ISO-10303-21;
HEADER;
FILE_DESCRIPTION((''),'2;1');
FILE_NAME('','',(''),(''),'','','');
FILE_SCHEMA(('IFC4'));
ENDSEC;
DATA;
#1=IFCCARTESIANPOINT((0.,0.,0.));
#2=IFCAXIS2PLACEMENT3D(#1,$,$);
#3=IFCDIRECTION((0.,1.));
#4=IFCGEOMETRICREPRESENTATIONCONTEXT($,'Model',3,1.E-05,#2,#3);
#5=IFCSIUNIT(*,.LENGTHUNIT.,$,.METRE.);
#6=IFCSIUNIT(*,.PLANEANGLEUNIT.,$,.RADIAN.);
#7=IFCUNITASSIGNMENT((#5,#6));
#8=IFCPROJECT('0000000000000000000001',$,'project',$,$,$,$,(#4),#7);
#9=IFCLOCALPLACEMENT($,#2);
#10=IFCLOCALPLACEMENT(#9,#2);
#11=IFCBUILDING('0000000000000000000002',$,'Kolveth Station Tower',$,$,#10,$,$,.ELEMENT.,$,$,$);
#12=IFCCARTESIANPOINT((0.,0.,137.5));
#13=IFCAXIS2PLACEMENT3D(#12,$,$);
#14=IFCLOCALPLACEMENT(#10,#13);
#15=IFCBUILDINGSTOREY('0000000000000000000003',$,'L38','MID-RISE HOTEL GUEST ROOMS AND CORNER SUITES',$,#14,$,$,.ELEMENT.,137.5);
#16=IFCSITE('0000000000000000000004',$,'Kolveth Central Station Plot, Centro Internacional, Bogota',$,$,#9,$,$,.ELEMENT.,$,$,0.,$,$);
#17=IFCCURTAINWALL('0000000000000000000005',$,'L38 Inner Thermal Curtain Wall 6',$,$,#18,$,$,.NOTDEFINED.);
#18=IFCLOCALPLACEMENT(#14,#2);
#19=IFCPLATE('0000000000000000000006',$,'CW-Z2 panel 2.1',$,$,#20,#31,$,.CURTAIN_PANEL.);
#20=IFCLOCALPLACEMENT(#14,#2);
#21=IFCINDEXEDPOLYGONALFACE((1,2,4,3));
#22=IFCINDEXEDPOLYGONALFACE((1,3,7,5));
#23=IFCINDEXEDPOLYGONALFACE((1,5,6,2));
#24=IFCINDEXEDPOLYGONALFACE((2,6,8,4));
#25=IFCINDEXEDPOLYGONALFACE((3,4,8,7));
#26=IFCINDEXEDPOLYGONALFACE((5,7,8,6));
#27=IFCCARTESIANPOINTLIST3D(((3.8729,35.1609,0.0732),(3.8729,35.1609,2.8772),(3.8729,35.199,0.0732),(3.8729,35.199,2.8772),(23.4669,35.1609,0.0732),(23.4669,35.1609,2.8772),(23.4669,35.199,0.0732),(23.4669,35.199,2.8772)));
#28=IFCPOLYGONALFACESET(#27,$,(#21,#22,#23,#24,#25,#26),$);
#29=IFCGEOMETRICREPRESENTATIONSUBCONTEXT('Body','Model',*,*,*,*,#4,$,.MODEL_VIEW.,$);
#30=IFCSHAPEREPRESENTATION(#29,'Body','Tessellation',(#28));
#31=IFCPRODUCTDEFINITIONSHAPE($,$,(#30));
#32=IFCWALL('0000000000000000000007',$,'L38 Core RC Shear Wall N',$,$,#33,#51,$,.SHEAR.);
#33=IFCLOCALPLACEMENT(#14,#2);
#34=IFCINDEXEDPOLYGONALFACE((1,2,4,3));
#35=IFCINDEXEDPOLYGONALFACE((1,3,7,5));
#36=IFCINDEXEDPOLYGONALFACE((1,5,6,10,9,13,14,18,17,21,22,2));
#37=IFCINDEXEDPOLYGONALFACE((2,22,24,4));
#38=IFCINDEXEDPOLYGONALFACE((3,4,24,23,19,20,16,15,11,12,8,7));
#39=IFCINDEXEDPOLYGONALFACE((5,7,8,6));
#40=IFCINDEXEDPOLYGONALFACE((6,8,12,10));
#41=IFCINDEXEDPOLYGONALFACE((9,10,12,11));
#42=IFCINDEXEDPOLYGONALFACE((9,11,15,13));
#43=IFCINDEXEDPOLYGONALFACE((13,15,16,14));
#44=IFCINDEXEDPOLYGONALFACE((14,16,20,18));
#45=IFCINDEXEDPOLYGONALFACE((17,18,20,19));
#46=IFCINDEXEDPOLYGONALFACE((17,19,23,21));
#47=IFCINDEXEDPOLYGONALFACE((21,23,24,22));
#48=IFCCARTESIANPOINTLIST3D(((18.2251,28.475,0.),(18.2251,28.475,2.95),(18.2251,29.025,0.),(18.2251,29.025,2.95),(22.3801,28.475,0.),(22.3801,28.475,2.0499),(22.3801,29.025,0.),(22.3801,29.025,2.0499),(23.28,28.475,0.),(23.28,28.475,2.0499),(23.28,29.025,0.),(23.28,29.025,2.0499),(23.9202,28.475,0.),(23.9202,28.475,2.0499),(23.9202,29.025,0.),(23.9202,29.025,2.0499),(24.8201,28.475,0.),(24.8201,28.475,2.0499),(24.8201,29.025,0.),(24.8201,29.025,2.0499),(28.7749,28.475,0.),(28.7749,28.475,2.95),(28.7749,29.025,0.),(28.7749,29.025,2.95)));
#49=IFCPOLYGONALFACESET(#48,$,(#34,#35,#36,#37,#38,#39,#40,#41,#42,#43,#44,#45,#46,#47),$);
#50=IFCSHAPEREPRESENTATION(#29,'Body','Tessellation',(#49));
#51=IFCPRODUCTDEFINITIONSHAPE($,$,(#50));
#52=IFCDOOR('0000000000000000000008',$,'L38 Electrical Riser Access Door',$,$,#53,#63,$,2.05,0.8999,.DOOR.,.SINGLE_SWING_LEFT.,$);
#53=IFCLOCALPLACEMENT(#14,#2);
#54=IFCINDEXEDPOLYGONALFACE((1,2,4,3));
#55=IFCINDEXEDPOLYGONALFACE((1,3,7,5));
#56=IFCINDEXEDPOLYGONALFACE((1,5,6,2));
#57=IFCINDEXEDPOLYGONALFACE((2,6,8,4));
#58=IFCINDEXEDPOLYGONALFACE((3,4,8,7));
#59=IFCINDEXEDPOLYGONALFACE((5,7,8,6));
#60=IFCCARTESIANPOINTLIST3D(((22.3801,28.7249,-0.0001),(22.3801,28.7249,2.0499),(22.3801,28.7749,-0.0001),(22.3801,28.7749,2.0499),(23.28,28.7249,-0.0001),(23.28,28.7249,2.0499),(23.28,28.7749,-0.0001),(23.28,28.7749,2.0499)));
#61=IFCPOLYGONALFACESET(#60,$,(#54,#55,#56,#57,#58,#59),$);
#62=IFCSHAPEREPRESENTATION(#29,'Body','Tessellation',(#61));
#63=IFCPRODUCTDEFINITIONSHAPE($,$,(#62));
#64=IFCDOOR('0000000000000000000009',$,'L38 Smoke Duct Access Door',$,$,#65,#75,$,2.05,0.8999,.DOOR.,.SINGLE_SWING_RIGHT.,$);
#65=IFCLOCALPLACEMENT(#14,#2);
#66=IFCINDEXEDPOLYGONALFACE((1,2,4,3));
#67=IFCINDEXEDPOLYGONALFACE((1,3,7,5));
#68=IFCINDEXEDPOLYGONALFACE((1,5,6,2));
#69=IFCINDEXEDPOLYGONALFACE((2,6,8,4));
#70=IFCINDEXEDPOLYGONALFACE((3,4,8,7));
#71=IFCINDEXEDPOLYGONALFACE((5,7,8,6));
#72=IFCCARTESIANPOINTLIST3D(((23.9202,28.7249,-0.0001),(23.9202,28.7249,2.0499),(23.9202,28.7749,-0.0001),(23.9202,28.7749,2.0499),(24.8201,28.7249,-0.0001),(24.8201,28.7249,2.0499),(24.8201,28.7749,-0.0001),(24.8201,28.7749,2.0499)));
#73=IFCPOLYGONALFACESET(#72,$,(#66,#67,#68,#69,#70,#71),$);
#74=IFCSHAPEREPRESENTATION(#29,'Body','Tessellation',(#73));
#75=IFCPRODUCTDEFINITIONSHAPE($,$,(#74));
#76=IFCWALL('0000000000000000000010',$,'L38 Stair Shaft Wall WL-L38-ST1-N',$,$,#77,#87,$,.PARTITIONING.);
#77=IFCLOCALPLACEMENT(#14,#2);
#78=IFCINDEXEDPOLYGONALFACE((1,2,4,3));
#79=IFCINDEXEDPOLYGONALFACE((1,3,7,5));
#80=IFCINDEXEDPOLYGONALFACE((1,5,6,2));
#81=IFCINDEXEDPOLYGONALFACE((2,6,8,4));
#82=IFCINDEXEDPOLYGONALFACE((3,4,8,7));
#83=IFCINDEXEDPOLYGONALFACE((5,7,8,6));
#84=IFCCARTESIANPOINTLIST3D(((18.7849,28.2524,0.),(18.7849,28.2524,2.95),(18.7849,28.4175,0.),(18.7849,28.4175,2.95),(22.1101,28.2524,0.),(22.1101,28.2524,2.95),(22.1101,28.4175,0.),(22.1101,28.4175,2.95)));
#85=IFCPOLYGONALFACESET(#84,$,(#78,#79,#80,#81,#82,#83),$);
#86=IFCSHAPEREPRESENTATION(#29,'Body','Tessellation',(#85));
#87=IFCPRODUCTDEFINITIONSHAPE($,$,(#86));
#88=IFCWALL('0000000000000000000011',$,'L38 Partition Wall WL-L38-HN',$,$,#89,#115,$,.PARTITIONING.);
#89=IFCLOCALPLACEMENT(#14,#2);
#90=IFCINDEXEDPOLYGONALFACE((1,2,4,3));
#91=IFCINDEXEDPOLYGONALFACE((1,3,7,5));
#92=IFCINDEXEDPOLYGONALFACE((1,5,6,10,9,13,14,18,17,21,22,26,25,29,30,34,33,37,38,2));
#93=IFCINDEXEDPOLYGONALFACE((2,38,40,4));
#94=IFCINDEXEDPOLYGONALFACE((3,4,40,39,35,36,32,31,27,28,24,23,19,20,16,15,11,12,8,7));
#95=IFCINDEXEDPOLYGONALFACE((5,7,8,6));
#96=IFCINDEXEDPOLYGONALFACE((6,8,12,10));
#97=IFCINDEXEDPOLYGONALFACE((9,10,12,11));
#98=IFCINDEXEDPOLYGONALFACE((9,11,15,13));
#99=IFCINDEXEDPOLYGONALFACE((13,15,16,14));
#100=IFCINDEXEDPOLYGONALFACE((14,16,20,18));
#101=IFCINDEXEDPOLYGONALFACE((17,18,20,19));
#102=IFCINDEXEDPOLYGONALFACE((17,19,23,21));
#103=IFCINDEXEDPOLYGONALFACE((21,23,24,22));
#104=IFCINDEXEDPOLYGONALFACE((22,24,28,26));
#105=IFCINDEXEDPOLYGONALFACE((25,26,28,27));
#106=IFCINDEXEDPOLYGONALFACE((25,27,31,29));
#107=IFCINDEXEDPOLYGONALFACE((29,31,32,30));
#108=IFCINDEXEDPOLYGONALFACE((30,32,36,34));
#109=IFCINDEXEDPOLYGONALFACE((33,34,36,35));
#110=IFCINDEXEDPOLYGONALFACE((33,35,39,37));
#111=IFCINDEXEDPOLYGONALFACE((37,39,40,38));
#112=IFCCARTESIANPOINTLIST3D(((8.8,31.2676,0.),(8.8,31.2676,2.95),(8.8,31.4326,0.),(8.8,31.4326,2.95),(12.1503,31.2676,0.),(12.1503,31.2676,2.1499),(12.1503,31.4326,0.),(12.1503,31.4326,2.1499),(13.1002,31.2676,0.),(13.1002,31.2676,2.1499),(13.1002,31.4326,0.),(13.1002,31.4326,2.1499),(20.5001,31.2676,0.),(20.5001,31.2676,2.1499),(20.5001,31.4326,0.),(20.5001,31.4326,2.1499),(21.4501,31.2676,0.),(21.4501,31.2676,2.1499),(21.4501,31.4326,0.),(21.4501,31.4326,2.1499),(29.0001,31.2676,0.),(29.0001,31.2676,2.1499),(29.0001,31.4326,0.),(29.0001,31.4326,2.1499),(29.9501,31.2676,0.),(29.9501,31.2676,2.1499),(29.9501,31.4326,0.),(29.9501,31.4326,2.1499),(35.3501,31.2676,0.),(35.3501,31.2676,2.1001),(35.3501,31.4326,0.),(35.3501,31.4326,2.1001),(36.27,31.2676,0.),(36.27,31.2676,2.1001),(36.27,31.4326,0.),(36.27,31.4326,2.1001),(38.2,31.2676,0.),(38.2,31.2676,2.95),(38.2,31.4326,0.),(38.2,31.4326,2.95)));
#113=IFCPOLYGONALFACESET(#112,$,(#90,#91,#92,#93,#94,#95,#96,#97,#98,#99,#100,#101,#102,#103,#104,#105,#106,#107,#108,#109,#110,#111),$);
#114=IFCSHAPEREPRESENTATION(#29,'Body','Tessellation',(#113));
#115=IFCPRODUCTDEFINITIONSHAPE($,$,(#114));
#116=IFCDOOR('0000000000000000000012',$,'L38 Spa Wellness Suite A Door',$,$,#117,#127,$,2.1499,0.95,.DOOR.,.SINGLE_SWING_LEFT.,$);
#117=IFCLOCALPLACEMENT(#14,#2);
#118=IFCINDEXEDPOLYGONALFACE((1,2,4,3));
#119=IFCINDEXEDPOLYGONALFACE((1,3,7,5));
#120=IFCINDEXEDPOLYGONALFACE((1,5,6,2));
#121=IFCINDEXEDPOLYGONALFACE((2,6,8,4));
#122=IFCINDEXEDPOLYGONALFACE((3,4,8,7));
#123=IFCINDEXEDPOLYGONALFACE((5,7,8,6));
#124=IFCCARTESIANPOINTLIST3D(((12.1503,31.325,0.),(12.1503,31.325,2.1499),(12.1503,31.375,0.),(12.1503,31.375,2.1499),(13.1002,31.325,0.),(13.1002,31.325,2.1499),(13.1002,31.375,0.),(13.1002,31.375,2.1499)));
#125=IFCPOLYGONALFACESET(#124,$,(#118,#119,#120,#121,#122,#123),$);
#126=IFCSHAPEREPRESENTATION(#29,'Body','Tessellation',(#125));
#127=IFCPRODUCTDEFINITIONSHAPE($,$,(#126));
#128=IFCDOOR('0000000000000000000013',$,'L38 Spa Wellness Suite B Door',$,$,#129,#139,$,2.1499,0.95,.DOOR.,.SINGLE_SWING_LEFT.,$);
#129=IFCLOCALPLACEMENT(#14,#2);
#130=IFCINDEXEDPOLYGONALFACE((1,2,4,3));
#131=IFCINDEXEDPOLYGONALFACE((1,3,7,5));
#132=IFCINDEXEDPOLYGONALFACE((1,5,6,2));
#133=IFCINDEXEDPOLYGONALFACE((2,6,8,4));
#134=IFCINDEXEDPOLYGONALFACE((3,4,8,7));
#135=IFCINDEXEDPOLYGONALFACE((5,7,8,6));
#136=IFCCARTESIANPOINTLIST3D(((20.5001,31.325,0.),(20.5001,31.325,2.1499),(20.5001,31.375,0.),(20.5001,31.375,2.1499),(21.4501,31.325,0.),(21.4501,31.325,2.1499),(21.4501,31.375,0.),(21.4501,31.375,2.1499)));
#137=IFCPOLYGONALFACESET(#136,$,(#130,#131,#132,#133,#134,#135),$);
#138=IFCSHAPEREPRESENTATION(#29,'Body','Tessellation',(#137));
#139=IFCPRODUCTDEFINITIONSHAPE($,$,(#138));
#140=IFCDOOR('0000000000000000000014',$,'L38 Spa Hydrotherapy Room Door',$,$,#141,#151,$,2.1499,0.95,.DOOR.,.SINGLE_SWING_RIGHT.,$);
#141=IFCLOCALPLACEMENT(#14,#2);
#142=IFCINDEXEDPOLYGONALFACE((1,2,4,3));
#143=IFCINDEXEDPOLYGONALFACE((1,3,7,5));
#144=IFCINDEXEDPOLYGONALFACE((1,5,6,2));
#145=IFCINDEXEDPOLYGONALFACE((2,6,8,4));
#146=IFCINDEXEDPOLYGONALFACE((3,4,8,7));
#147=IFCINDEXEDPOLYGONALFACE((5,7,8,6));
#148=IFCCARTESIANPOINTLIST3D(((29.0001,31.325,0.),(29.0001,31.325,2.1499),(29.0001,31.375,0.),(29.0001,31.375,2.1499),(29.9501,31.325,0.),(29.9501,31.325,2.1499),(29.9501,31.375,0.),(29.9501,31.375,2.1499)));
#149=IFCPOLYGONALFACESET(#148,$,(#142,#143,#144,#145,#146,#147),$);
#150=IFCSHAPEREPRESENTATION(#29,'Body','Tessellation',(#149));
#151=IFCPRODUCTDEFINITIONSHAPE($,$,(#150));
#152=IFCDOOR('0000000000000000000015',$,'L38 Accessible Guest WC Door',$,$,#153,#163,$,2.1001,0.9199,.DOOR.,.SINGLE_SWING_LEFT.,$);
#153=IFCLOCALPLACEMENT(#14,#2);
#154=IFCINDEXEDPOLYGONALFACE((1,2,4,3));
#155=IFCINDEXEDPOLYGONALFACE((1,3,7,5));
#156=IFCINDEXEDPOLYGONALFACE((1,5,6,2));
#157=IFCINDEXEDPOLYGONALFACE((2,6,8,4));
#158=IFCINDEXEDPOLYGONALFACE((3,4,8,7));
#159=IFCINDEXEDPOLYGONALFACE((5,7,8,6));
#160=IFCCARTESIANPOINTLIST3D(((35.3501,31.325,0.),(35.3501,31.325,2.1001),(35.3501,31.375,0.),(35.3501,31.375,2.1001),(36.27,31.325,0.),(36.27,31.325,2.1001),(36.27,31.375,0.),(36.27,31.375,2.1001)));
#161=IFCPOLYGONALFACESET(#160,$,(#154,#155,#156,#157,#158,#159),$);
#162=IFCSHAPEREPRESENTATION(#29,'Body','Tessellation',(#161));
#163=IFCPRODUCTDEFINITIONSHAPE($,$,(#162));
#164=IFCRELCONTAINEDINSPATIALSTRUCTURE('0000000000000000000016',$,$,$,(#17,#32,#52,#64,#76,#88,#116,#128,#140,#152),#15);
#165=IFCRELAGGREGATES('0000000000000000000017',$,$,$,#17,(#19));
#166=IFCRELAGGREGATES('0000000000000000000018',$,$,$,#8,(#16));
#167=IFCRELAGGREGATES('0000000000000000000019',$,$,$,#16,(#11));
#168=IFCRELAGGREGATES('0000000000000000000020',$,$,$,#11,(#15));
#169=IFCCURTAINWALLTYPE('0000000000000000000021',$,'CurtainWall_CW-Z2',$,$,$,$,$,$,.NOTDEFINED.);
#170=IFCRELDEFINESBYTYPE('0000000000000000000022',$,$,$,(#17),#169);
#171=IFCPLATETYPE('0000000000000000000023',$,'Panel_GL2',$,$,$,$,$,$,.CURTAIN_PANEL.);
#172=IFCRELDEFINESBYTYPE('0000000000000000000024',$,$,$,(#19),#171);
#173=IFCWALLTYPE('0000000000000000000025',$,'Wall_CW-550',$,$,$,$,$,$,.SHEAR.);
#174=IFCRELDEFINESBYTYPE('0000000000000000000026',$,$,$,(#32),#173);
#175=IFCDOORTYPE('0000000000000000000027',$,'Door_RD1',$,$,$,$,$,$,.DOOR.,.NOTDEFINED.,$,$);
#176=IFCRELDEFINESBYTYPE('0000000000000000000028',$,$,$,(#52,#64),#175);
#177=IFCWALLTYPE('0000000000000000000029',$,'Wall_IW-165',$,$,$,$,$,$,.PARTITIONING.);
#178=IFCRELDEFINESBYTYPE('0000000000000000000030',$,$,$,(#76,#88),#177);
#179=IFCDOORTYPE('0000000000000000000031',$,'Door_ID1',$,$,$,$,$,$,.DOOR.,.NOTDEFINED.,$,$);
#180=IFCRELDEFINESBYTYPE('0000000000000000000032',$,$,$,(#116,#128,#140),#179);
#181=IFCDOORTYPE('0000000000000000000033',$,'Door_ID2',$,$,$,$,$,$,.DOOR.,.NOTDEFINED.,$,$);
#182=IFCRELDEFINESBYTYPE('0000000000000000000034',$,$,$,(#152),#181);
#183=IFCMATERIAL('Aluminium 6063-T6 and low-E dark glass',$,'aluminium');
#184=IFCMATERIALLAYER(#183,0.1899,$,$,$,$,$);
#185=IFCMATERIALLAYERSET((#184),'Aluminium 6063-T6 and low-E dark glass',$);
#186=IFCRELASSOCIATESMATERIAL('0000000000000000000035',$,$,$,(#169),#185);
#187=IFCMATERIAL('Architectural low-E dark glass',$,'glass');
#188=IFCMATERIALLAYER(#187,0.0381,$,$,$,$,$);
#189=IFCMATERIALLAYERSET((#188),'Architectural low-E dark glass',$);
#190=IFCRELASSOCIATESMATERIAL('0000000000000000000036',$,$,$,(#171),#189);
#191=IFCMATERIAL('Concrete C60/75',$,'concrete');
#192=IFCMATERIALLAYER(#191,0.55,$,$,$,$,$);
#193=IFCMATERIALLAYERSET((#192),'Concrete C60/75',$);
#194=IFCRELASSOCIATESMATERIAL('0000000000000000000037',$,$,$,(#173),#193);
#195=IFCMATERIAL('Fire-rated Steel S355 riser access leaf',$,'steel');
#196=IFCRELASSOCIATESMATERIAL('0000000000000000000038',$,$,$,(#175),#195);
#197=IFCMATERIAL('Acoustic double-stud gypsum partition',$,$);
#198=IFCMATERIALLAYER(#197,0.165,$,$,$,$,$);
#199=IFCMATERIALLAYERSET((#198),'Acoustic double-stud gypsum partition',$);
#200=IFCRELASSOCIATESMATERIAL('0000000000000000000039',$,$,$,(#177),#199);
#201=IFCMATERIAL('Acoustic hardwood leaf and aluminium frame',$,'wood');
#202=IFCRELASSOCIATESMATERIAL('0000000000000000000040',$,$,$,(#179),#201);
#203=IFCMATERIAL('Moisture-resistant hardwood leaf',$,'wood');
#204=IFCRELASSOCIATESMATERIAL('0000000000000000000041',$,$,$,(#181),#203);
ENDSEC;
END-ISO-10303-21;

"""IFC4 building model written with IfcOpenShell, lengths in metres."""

from ifc_helpers import new_model, si_unit, direction, frame, frame_2d, origin, origin_2d, place, context, subcontext, project, spatial, rectangle, extrude, source, transform, mapped, material, layer, layer_set, type_object, element, fill, aggregate, save


model = new_model("IFC4")

# Units and contexts
model_context = context("Model", 3, precision=1e-05, world=origin(), true_north=direction((0.0, 1.0)))
body_context = subcontext(model_context, "Body", "Model", "MODEL_VIEW")
ifc_project = project(units=[si_unit("LENGTHUNIT", "METRE"), si_unit("PLANEANGLEUNIT", "RADIAN")], contexts=[model_context])

# Site, building, storey
site_placement = place(None, origin())
site = spatial("IfcSite", under=ifc_project, at=site_placement, Name="Kolveth Central Station Plot, Centro Internacional, Bogota", CompositionType="ELEMENT", RefElevation=0.0)
building_placement = place(site_placement, origin())
building = spatial("IfcBuilding", under=site, at=building_placement, Name="Kolveth Station Tower", CompositionType="ELEMENT")
storey_placement = place(building_placement, frame((0.0, 0.0, 137.5)))
storey = spatial("IfcBuildingStorey", under=building, at=storey_placement, Name="L38", Description="MID-RISE HOTEL GUEST ROOMS AND CORNER SUITES", CompositionType="ELEMENT", Elevation=137.5)

# Curtain wall, plate
ifc_material_1 = material(Name="Aluminium 6063-T6 and low-E dark glass", Category="aluminium")
ifc_layer_1 = layer(ifc_material_1, 0.1899)
ifc_layer_set_1 = layer_set([ifc_layer_1], Name="Aluminium 6063-T6 and low-E dark glass")
curtain_wall_type = type_object("IfcCurtainWallType", Name="CurtainWall_CW-Z2", PredefinedType="NOTDEFINED", material=ifc_layer_set_1)
curtain_wall_placement = place(storey_placement, origin())
curtain_wall = element("IfcCurtainWall", 1, at=curtain_wall_placement, inside=storey, type_object=curtain_wall_type, Name="L38 Inner Thermal Curtain Wall 6", PredefinedType="NOTDEFINED")
ifc_material_2 = material(Name="Architectural low-E dark glass", Category="glass")
ifc_layer_2 = layer(ifc_material_2, 0.0381)
ifc_layer_set_2 = layer_set([ifc_layer_2], Name="Architectural low-E dark glass")
plate_type = type_object("IfcPlateType", Name="Panel_GL2", PredefinedType="CURTAIN_PANEL", material=ifc_layer_set_2)
shared_shape_1 = source(origin(), body_context, "Body", "SweptSolid", [
    extrude(rectangle(XDim=19.594, YDim=0.0381, at=origin_2d()), origin(), (0.0, 0.0, 1.0), 2.804),
])
plate_placement = place(storey_placement, frame((13.6699, 35.1799, 0.0732), z_axis=(0.0, 0.0, 1.0), x_axis=(-1.0, 0.0, 0.0)))
plate = element("IfcPlate", 2, at=plate_placement, type_object=plate_type, Name="CW-Z2 panel 2.1", PredefinedType="CURTAIN_PANEL", context=body_context, shape_type="MappedRepresentation", body=[
    mapped(shared_shape_1, transform((0.0, 0.0, 0.0), x_axis=(1.0, 0.0, 0.0), y_axis=(0.0, 1.0, 0.0), z_axis=(0.0, 0.0, 1.0), scale=1.0)),
])
aggregate(curtain_wall, [plate])

# Wall, openings, doors
ifc_material_3 = material(Name="Concrete C60/75", Category="concrete")
ifc_layer_3 = layer(ifc_material_3, 0.55)
ifc_layer_set_3 = layer_set([ifc_layer_3], Name="Concrete C60/75")
wall_type_1 = type_object("IfcWallType", Name="Wall_CW-550", PredefinedType="SHEAR", material=ifc_layer_set_3)
wall_1_placement = place(storey_placement, frame((18.2251, 28.75, 0.0), z_axis=(0.0, 0.0, 1.0), x_axis=(1.0, 0.0, 0.0)))
wall_1 = element("IfcWall", 3, at=wall_1_placement, inside=storey, type_object=wall_type_1, Name="L38 Core RC Shear Wall N", PredefinedType="SHEAR", context=body_context, shape_type="SweptSolid", body=[
    extrude(rectangle(XDim=10.5498, YDim=0.55, at=frame_2d((5.2749, 0.0))), origin(), (0.0, 0.0, 1.0), 2.95),
])
opening_1_placement = place(wall_1_placement, frame((4.155, 0.0, 0.0)))
opening_1 = element("IfcOpeningElement", 4, at=opening_1_placement, cuts=wall_1, PredefinedType="OPENING", context=body_context, shape_type="SweptSolid", body=[
    extrude(rectangle(XDim=0.8999, YDim=2.05, at=frame_2d((0.45, 1.0249))), frame((0.0, 0.2849, 0.0), z_axis=(0.0, -1.0, 0.0), x_axis=(1.0, 0.0, 0.0)), (0.0, 0.0, 1.0), 0.5701),
])
opening_2_placement = place(wall_1_placement, frame((5.6951, 0.0, 0.0)))
opening_2 = element("IfcOpeningElement", 5, at=opening_2_placement, cuts=wall_1, PredefinedType="OPENING", context=body_context, shape_type="SweptSolid", body=[
    extrude(rectangle(XDim=0.8999, YDim=2.05, at=frame_2d((0.45, 1.0249))), frame((0.0, 0.2849, 0.0), z_axis=(0.0, -1.0, 0.0), x_axis=(1.0, 0.0, 0.0)), (0.0, 0.0, 1.0), 0.5701),
])
ifc_material_4 = material(Name="Fire-rated Steel S355 riser access leaf", Category="steel")
door_type_1 = type_object("IfcDoorType", Name="Door_RD1", OperationType="NOTDEFINED", PredefinedType="DOOR", material=ifc_material_4)
door_1_placement = place(opening_1_placement, origin())
door_1 = element("IfcDoor", 6, at=door_1_placement, inside=storey, type_object=door_type_1, Name="L38 Electrical Riser Access Door", OperationType="SINGLE_SWING_LEFT", OverallHeight=2.05, OverallWidth=0.8999, PredefinedType="DOOR", context=body_context, shape_type="SweptSolid", body=[
    extrude(rectangle(XDim=0.8999, YDim=2.05, at=frame_2d((0.45, 1.0249))), frame((0.0, 0.0249, 0.0), z_axis=(0.0, -1.0, 0.0), x_axis=(1.0, 0.0, 0.0)), (0.0, 0.0, 1.0), 0.05),
])
fill(opening_1, door_1)
door_2_placement = place(opening_2_placement, origin())
door_2 = element("IfcDoor", 7, at=door_2_placement, inside=storey, type_object=door_type_1, Name="L38 Smoke Duct Access Door", OperationType="SINGLE_SWING_RIGHT", OverallHeight=2.05, OverallWidth=0.8999, PredefinedType="DOOR", context=body_context, shape_type="SweptSolid", body=[
    extrude(rectangle(XDim=0.8999, YDim=2.05, at=frame_2d((0.45, 1.0249))), frame((0.0, 0.0249, 0.0), z_axis=(0.0, -1.0, 0.0), x_axis=(1.0, 0.0, 0.0)), (0.0, 0.0, 1.0), 0.05),
])
fill(opening_2, door_2)

# Wall
ifc_material_5 = material(Name="Acoustic double-stud gypsum partition")
ifc_layer_4 = layer(ifc_material_5, 0.165)
ifc_layer_set_4 = layer_set([ifc_layer_4], Name="Acoustic double-stud gypsum partition")
wall_type_2 = type_object("IfcWallType", Name="Wall_IW-165", PredefinedType="PARTITIONING", material=ifc_layer_set_4)
wall_2_placement = place(storey_placement, frame((18.7849, 28.335, 0.0), z_axis=(0.0, 0.0, 1.0), x_axis=(1.0, 0.0, 0.0)))
element("IfcWall", 8, at=wall_2_placement, inside=storey, type_object=wall_type_2, Name="L38 Stair Shaft Wall WL-L38-ST1-N", PredefinedType="PARTITIONING", context=body_context, shape_type="SweptSolid", body=[
    extrude(rectangle(XDim=3.3252, YDim=0.165, at=frame_2d((1.6626, 0.0))), origin(), (0.0, 0.0, 1.0), 2.95),
])

# Wall, openings, doors
wall_3_placement = place(storey_placement, frame((8.8, 31.3501, 0.0), z_axis=(0.0, 0.0, 1.0), x_axis=(1.0, 0.0, 0.0)))
wall_3 = element("IfcWall", 9, at=wall_3_placement, inside=storey, type_object=wall_type_2, Name="L38 Partition Wall WL-L38-HN", PredefinedType="PARTITIONING", context=body_context, shape_type="SweptSolid", body=[
    extrude(rectangle(XDim=29.3999, YDim=0.165, at=frame_2d((14.7, 0.0))), origin(), (0.0, 0.0, 1.0), 2.95),
])
opening_3_placement = place(wall_3_placement, frame((3.3501, 0.0, 0.0)))
opening_3 = element("IfcOpeningElement", 10, at=opening_3_placement, cuts=wall_3, PredefinedType="OPENING", context=body_context, shape_type="SweptSolid", body=[
    extrude(rectangle(XDim=0.95, YDim=2.1499, at=frame_2d((0.4751, 1.075))), frame((0.0, 0.0925, 0.0), z_axis=(0.0, -1.0, 0.0), x_axis=(1.0, 0.0, 0.0)), (0.0, 0.0, 1.0), 0.1851),
])
opening_4_placement = place(wall_3_placement, frame((11.7, 0.0, 0.0)))
opening_4 = element("IfcOpeningElement", 11, at=opening_4_placement, cuts=wall_3, PredefinedType="OPENING", context=body_context, shape_type="SweptSolid", body=[
    extrude(rectangle(XDim=0.95, YDim=2.1499, at=frame_2d((0.4751, 1.075))), frame((0.0, 0.0925, 0.0), z_axis=(0.0, -1.0, 0.0), x_axis=(1.0, 0.0, 0.0)), (0.0, 0.0, 1.0), 0.1851),
])
opening_5_placement = place(wall_3_placement, frame((20.2, 0.0, 0.0)))
opening_5 = element("IfcOpeningElement", 12, at=opening_5_placement, cuts=wall_3, PredefinedType="OPENING", context=body_context, shape_type="SweptSolid", body=[
    extrude(rectangle(XDim=0.95, YDim=2.1499, at=frame_2d((0.4751, 1.075))), frame((0.0, 0.0925, 0.0), z_axis=(0.0, -1.0, 0.0), x_axis=(1.0, 0.0, 0.0)), (0.0, 0.0, 1.0), 0.1851),
])
opening_6_placement = place(wall_3_placement, frame((26.55, 0.0, 0.0)))
opening_6 = element("IfcOpeningElement", 13, at=opening_6_placement, cuts=wall_3, PredefinedType="OPENING", context=body_context, shape_type="SweptSolid", body=[
    extrude(rectangle(XDim=0.9199, YDim=2.1001, at=frame_2d((0.46, 1.05))), frame((0.0, 0.0925, 0.0), z_axis=(0.0, -1.0, 0.0), x_axis=(1.0, 0.0, 0.0)), (0.0, 0.0, 1.0), 0.1851),
])
ifc_material_6 = material(Name="Acoustic hardwood leaf and aluminium frame", Category="wood")
door_type_2 = type_object("IfcDoorType", Name="Door_ID1", OperationType="NOTDEFINED", PredefinedType="DOOR", material=ifc_material_6)
door_3_placement = place(opening_3_placement, origin())
door_3 = element("IfcDoor", 14, at=door_3_placement, inside=storey, type_object=door_type_2, Name="L38 Spa Wellness Suite A Door", OperationType="SINGLE_SWING_LEFT", OverallHeight=2.1499, OverallWidth=0.95, PredefinedType="DOOR", context=body_context, shape_type="SweptSolid", body=[
    extrude(rectangle(XDim=0.95, YDim=2.1499, at=frame_2d((0.4751, 1.075))), frame((0.0, 0.0249, 0.0), z_axis=(0.0, -1.0, 0.0), x_axis=(1.0, 0.0, 0.0)), (0.0, 0.0, 1.0), 0.05),
])
fill(opening_3, door_3)
door_4_placement = place(opening_4_placement, origin())
door_4 = element("IfcDoor", 15, at=door_4_placement, inside=storey, type_object=door_type_2, Name="L38 Spa Wellness Suite B Door", OperationType="SINGLE_SWING_LEFT", OverallHeight=2.1499, OverallWidth=0.95, PredefinedType="DOOR", context=body_context, shape_type="SweptSolid", body=[
    extrude(rectangle(XDim=0.95, YDim=2.1499, at=frame_2d((0.4751, 1.075))), frame((0.0, 0.0249, 0.0), z_axis=(0.0, -1.0, 0.0), x_axis=(1.0, 0.0, 0.0)), (0.0, 0.0, 1.0), 0.05),
])
fill(opening_4, door_4)
door_5_placement = place(opening_5_placement, origin())
door_5 = element("IfcDoor", 16, at=door_5_placement, inside=storey, type_object=door_type_2, Name="L38 Spa Hydrotherapy Room Door", OperationType="SINGLE_SWING_RIGHT", OverallHeight=2.1499, OverallWidth=0.95, PredefinedType="DOOR", context=body_context, shape_type="SweptSolid", body=[
    extrude(rectangle(XDim=0.95, YDim=2.1499, at=frame_2d((0.4751, 1.075))), frame((0.0, 0.0249, 0.0), z_axis=(0.0, -1.0, 0.0), x_axis=(1.0, 0.0, 0.0)), (0.0, 0.0, 1.0), 0.05),
])
fill(opening_5, door_5)
ifc_material_7 = material(Name="Moisture-resistant hardwood leaf", Category="wood")
door_type_3 = type_object("IfcDoorType", Name="Door_ID2", OperationType="NOTDEFINED", PredefinedType="DOOR", material=ifc_material_7)
door_6_placement = place(opening_6_placement, origin())
door_6 = element("IfcDoor", 17, at=door_6_placement, inside=storey, type_object=door_type_3, Name="L38 Accessible Guest WC Door", OperationType="SINGLE_SWING_LEFT", OverallHeight=2.1001, OverallWidth=0.9199, PredefinedType="DOOR", context=body_context, shape_type="SweptSolid", body=[
    extrude(rectangle(XDim=0.9199, YDim=2.1001, at=frame_2d((0.46, 1.05))), frame((0.0, 0.0249, 0.0), z_axis=(0.0, -1.0, 0.0), x_axis=(1.0, 0.0, 0.0)), (0.0, 0.0, 1.0), 0.05),
])
fill(opening_6, door_6)

save(model, "model.ifc")
